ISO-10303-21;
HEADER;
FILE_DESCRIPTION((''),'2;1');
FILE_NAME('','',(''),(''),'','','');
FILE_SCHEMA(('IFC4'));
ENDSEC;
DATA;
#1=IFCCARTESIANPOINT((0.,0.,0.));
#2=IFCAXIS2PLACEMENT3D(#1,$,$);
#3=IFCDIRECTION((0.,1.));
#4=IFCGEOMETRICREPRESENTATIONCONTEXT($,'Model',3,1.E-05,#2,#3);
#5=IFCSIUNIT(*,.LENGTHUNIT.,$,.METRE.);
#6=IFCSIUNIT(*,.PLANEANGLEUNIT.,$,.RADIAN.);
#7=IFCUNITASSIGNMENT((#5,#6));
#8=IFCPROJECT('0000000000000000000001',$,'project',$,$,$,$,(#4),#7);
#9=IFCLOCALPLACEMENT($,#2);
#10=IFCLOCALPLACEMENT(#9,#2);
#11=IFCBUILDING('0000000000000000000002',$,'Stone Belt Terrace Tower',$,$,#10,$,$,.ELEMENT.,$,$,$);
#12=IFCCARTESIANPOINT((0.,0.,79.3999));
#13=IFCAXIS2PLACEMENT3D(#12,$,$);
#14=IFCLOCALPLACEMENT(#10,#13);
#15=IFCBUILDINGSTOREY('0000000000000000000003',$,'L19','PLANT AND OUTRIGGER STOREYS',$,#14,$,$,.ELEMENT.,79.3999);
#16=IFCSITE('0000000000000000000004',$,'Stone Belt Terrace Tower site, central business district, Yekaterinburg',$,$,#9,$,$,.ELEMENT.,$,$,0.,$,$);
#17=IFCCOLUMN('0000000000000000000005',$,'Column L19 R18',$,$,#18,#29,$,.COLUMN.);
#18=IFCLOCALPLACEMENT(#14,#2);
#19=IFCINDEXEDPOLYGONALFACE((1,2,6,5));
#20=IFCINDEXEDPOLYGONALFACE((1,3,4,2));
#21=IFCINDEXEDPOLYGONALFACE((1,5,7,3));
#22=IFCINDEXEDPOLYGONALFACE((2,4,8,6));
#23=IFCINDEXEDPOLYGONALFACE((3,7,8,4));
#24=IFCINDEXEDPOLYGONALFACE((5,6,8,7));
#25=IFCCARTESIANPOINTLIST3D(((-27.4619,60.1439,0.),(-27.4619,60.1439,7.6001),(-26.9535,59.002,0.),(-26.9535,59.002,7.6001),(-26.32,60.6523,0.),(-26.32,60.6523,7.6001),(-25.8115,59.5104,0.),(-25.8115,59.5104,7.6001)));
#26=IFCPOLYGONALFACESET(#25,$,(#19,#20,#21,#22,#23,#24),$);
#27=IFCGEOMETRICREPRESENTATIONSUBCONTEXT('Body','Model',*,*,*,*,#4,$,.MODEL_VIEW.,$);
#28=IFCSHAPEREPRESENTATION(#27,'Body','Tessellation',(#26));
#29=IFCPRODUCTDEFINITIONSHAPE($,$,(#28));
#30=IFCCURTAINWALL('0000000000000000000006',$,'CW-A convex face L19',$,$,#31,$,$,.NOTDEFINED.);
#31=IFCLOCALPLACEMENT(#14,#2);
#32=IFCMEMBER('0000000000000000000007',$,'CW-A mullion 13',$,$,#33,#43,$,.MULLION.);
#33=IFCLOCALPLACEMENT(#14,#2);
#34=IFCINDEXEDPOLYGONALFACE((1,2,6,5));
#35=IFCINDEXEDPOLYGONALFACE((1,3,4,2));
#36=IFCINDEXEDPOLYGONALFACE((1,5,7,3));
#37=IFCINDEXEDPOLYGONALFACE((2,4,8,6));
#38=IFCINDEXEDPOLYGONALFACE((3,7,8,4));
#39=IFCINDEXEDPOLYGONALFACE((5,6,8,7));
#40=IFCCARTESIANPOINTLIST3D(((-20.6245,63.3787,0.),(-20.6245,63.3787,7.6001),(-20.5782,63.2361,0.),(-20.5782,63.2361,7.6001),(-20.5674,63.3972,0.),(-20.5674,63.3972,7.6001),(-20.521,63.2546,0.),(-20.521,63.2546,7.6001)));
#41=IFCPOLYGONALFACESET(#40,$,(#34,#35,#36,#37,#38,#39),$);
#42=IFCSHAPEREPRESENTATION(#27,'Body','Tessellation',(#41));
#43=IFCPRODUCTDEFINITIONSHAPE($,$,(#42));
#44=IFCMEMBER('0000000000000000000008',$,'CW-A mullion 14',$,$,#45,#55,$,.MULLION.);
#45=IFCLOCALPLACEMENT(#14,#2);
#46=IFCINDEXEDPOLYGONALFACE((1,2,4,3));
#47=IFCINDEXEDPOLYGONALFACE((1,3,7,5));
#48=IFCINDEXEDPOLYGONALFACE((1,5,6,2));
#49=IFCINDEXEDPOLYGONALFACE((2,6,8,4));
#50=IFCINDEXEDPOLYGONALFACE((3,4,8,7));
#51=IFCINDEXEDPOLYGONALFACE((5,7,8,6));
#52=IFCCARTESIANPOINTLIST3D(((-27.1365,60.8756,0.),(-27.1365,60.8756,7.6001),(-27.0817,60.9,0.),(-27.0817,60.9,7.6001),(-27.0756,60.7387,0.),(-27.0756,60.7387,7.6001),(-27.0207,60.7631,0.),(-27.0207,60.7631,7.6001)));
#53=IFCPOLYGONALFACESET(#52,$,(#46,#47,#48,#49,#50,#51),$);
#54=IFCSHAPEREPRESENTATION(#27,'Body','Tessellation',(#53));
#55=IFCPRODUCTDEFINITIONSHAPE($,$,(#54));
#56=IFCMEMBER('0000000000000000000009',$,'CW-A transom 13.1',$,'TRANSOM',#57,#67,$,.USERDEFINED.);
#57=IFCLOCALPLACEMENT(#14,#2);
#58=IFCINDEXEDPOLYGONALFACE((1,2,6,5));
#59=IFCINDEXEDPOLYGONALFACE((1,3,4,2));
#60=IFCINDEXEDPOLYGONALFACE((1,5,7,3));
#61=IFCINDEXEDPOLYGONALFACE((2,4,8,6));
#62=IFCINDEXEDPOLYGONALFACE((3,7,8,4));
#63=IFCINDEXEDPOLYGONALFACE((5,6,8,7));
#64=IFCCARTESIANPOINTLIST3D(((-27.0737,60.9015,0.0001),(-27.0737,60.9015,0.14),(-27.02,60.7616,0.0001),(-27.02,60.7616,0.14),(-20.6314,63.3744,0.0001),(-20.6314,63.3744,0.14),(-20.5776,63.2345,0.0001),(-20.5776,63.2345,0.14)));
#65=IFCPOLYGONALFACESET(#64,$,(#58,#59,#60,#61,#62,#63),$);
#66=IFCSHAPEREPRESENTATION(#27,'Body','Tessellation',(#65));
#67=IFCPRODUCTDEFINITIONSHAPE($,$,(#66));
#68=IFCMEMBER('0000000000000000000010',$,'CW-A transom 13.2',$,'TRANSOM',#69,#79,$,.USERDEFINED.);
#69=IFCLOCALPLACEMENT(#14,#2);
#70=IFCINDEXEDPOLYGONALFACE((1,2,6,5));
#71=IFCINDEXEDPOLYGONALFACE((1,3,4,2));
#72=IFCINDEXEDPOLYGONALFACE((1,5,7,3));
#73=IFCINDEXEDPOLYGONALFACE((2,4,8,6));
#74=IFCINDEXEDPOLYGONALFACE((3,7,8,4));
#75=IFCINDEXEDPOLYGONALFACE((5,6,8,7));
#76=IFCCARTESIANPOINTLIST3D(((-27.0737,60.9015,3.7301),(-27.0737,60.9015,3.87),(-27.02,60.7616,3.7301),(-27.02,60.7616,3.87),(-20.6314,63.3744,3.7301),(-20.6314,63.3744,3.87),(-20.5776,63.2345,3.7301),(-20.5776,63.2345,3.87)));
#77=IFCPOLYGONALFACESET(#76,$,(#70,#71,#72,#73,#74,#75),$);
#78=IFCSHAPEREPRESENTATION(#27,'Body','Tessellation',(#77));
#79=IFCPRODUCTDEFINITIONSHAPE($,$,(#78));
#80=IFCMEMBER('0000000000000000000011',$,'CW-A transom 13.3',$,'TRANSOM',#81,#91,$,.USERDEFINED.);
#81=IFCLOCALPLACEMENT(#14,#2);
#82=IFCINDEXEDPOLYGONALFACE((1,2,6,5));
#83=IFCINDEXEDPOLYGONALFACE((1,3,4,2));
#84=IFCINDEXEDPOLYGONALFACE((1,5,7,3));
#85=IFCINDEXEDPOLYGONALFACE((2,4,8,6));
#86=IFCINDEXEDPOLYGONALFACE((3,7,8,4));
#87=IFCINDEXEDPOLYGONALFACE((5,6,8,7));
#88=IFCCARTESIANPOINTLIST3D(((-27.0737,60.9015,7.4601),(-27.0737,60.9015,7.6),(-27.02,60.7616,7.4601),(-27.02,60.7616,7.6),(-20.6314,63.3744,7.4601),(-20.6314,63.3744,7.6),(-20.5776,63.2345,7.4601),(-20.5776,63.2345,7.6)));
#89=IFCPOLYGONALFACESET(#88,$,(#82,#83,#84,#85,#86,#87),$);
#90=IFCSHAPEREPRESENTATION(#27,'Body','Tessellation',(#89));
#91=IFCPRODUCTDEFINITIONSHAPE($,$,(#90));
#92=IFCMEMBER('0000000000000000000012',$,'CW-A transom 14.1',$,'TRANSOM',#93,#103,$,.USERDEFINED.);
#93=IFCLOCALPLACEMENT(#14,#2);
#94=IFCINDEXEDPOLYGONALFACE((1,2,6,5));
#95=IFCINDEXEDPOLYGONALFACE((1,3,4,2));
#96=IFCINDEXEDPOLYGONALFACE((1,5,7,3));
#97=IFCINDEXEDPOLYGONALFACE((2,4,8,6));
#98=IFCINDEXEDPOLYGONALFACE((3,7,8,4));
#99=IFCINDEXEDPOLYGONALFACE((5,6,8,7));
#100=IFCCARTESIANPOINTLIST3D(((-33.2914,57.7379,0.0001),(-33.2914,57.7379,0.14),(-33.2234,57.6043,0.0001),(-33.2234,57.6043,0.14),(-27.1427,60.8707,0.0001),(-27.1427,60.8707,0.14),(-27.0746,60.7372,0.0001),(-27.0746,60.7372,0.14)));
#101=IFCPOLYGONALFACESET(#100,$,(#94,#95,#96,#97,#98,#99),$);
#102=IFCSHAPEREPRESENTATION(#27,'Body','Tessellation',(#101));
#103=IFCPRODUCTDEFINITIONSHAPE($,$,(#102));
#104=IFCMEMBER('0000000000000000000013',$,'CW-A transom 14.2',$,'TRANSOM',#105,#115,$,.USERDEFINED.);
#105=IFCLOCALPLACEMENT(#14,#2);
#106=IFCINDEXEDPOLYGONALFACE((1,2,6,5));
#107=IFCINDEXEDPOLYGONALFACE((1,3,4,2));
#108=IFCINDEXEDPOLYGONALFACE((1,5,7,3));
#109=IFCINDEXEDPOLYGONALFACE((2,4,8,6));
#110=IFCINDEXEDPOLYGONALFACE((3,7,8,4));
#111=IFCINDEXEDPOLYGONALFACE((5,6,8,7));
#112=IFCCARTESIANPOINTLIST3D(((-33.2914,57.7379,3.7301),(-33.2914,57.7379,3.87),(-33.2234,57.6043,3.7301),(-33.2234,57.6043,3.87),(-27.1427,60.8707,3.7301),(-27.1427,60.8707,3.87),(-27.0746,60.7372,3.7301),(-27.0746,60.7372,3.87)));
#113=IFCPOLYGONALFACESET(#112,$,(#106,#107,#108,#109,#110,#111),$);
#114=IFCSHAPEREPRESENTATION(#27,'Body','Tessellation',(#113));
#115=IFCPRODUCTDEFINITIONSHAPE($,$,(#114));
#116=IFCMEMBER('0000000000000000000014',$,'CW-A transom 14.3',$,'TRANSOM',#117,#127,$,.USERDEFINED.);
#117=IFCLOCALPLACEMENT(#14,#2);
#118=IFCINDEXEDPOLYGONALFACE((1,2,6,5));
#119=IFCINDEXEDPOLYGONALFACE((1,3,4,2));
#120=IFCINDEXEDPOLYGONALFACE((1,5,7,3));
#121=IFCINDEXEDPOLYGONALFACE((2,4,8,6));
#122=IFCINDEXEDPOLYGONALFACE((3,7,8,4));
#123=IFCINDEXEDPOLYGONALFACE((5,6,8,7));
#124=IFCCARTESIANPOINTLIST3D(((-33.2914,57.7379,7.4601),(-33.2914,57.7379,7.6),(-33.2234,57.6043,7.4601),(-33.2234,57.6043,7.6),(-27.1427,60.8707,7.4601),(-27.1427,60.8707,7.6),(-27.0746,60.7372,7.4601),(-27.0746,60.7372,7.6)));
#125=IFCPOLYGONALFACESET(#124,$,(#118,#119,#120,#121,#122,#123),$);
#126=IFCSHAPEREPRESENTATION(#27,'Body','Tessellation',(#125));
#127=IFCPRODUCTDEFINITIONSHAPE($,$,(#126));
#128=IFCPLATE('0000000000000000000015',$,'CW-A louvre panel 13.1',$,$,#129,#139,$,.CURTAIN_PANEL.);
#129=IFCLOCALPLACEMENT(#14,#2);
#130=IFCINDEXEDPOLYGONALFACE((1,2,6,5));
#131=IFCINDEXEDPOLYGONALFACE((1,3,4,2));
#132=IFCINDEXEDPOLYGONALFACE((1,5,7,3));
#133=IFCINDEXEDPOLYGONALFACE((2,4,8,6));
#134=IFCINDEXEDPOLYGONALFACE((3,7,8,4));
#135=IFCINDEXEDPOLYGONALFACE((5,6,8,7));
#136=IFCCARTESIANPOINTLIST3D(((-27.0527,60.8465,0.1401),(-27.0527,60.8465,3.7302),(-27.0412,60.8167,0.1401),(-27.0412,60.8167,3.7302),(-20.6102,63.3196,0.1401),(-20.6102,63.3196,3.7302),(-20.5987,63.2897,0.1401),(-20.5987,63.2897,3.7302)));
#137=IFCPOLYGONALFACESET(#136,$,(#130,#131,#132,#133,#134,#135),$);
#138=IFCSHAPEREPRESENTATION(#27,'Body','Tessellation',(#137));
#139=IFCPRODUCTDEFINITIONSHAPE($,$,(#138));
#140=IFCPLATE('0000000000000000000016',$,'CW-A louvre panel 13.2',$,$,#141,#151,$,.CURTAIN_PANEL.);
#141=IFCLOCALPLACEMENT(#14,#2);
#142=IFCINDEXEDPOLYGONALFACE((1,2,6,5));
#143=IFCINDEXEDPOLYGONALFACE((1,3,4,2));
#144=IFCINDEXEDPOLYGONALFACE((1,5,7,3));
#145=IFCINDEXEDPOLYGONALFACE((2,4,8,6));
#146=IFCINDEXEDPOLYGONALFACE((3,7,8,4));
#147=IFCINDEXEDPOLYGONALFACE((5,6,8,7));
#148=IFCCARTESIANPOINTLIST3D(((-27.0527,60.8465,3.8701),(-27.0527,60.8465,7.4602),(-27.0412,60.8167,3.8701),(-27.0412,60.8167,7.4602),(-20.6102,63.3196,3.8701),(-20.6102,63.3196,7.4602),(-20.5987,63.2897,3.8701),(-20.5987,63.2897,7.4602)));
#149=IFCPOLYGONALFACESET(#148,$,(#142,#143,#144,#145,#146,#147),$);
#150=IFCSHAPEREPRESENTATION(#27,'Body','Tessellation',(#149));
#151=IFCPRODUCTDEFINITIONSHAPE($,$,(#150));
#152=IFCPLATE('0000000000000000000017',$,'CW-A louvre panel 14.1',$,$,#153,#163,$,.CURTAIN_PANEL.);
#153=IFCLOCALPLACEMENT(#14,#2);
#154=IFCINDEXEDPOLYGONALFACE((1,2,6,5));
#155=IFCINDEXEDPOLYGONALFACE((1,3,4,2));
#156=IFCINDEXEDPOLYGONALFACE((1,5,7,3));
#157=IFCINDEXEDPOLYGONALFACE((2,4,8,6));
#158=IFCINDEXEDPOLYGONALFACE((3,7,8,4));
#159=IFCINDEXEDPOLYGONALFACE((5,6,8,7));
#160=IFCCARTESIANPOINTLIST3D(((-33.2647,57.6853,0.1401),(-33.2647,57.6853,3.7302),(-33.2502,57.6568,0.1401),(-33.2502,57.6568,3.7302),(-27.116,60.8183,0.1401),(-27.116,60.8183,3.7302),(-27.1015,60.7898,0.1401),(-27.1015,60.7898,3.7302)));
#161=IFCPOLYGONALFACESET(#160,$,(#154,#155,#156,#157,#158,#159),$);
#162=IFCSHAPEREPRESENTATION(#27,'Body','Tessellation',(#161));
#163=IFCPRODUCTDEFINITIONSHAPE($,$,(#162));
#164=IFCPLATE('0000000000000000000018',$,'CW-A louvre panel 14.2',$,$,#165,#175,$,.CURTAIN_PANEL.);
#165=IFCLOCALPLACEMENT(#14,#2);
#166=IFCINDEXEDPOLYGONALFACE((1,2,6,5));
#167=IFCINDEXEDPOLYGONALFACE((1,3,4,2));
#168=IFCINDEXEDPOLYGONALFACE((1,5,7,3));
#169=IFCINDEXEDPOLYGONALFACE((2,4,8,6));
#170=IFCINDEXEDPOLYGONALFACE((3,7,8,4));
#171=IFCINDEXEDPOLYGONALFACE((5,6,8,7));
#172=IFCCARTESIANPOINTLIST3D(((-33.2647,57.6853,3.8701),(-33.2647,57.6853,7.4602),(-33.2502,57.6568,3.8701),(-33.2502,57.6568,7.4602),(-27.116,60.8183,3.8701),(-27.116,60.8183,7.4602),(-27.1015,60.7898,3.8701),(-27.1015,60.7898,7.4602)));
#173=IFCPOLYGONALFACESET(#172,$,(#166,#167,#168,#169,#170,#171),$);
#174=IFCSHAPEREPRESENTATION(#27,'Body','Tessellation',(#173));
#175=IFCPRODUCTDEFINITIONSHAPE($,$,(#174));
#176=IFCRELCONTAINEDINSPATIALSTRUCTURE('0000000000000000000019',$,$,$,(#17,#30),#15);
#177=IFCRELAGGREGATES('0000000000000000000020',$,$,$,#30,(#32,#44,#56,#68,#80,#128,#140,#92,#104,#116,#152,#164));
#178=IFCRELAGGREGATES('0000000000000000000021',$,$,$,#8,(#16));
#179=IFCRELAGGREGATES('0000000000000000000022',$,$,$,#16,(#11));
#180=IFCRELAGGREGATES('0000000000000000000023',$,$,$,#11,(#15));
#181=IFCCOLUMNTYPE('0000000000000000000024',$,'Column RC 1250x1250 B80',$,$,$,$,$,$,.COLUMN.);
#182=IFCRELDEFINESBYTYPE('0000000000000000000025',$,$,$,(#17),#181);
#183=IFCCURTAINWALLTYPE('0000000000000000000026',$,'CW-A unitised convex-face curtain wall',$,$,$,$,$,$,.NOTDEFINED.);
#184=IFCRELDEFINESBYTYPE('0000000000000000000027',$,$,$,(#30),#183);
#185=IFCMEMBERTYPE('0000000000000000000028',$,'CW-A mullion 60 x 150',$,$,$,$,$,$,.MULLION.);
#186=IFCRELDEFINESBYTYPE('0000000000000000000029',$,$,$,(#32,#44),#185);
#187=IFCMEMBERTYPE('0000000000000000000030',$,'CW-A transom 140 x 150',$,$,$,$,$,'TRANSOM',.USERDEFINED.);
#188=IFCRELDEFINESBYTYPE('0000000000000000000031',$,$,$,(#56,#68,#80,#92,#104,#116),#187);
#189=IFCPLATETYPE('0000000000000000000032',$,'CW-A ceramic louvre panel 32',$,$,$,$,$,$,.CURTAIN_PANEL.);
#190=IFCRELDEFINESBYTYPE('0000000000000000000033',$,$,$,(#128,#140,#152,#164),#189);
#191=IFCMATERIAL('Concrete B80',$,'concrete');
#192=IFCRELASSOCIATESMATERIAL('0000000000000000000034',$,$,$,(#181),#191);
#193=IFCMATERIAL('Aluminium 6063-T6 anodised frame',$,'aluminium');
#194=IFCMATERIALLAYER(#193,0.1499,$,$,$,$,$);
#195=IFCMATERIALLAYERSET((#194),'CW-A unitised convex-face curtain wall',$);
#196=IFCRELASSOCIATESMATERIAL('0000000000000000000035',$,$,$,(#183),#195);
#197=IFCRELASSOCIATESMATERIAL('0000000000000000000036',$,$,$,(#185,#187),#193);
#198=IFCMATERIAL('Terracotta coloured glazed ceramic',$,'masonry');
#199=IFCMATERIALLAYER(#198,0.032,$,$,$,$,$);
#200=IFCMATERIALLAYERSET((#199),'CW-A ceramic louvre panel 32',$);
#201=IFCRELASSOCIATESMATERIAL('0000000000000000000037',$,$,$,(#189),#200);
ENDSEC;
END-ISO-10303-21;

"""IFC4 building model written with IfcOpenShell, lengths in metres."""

from ifc_helpers import new_model, si_unit, direction, frame, origin, origin_2d, place, context, subcontext, project, spatial, rectangle, extrude, material, layer, layer_set, material_profile, profile_set, type_object, element, aggregate, save


model = new_model("IFC4")

# Units and contexts
model_context = context("Model", 3, precision=1e-05, world=origin(), true_north=direction((0.0, 1.0)))
body_context = subcontext(model_context, "Body", "Model", "MODEL_VIEW")
ifc_project = project(units=[si_unit("LENGTHUNIT", "METRE"), si_unit("PLANEANGLEUNIT", "RADIAN")], contexts=[model_context])

# Site, building, storey
site_placement = place(None, origin())
site = spatial("IfcSite", under=ifc_project, at=site_placement, Name="Stone Belt Terrace Tower site, central business district, Yekaterinburg", CompositionType="ELEMENT", RefElevation=0.0)
building_placement = place(site_placement, origin())
building = spatial("IfcBuilding", under=site, at=building_placement, Name="Stone Belt Terrace Tower", CompositionType="ELEMENT")
storey_placement = place(building_placement, frame((0.0, 0.0, 79.3999)))
storey = spatial("IfcBuildingStorey", under=building, at=storey_placement, Name="L19", Description="PLANT AND OUTRIGGER STOREYS", CompositionType="ELEMENT", Elevation=79.3999)

# Column
ifc_material_1 = material(Name="Concrete B80", Category="concrete")
ifc_material_profile_1 = material_profile(ifc_material_1, rectangle(XDim=1.25, YDim=1.25, at=origin_2d()), Name="RC 1250x1250")
ifc_profile_set_1 = profile_set([ifc_material_profile_1], Name="Concrete B80")
column_type = type_object("IfcColumnType", Name="Column RC 1250x1250 B80", PredefinedType="COLUMN", material=ifc_profile_set_1)
column_placement = place(storey_placement, frame((-26.6367, 59.8271, 0.0), z_axis=(0.0, 0.0, 1.0), x_axis=(0.913545, 0.406737, 0.0)))
element("IfcColumn", 1, at=column_placement, inside=storey, type_object=column_type, Name="Column L19 R18", PredefinedType="COLUMN", context=body_context, shape_type="SweptSolid", body=[
    extrude(rectangle(XDim=1.25, YDim=1.25, at=origin_2d()), origin(), (0.0, 0.0, 1.0), 7.6001),
])

# Curtain wall, members, plates
ifc_material_2 = material(Name="Aluminium 6063-T6 anodised frame", Category="aluminium")
ifc_layer_1 = layer(ifc_material_2, 0.1499)
ifc_layer_set_1 = layer_set([ifc_layer_1], Name="CW-A unitised convex-face curtain wall")
curtain_wall_type = type_object("IfcCurtainWallType", Name="CW-A unitised convex-face curtain wall", PredefinedType="NOTDEFINED", material=ifc_layer_set_1)
curtain_wall_placement = place(storey_placement, origin())
curtain_wall = element("IfcCurtainWall", 2, at=curtain_wall_placement, inside=storey, type_object=curtain_wall_type, Name="CW-A convex face L19", PredefinedType="NOTDEFINED")
ifc_material_profile_2 = material_profile(ifc_material_2, rectangle(XDim=0.1499, YDim=0.0601, at=origin_2d()), Name="Aluminium 6063-T6 60x150")
ifc_profile_set_2 = profile_set([ifc_material_profile_2], Name="Aluminium 6063-T6 anodised frame")
member_type_1 = type_object("IfcMemberType", Name="CW-A mullion 60 x 150", PredefinedType="MULLION", material=ifc_profile_set_2)
member_1_placement = place(storey_placement, frame((-20.5728, 63.3167, 0.0), z_axis=(0.0, 0.0, 1.0), x_axis=(0.309017, -0.951057, 0.0)))
member_1 = element("IfcMember", 3, at=member_1_placement, type_object=member_type_1, Name="CW-A mullion 13", PredefinedType="MULLION", context=body_context, shape_type="SweptSolid", body=[
    extrude(rectangle(XDim=0.1499, YDim=0.0601, at=origin_2d()), origin(), (0.0, 0.0, 1.0), 7.6001),
])
member_2_placement = place(storey_placement, frame((-27.0786, 60.8193, 0.0), z_axis=(0.0, 0.0, 1.0), x_axis=(0.406737, -0.913545, 0.0)))
member_2 = element("IfcMember", 4, at=member_2_placement, type_object=member_type_1, Name="CW-A mullion 14", PredefinedType="MULLION", context=body_context, shape_type="SweptSolid", body=[
    extrude(rectangle(XDim=0.1499, YDim=0.0601, at=origin_2d()), origin(), (0.0, 0.0, 1.0), 7.6001),
])
ifc_material_profile_3 = material_profile(ifc_material_2, rectangle(XDim=0.1499, YDim=0.1399, at=origin_2d()), Name="Aluminium 6063-T6 150x140")
ifc_profile_set_3 = profile_set([ifc_material_profile_3], Name="Aluminium 6063-T6 anodised frame")
member_type_2 = type_object("IfcMemberType", Name="CW-A transom 140 x 150", ElementType="TRANSOM", PredefinedType="USERDEFINED", material=ifc_profile_set_3)
member_3_placement = place(storey_placement, frame((-20.6045, 63.3044, 0.0701), z_axis=(-0.933585, -0.358355, 0.0), x_axis=(0.358355, -0.933585, 0.0)))
member_3 = element("IfcMember", 5, at=member_3_placement, type_object=member_type_2, Name="CW-A transom 13.1", ObjectType="TRANSOM", PredefinedType="USERDEFINED", context=body_context, shape_type="SweptSolid", body=[
    extrude(rectangle(XDim=0.1499, YDim=0.1399, at=origin_2d()), origin(), (0.0, 0.0, 1.0), 6.9006),
])
member_4_placement = place(storey_placement, frame((-20.6045, 63.3044, 3.8), z_axis=(-0.933585, -0.358355, 0.0), x_axis=(0.358355, -0.933585, 0.0)))
member_4 = element("IfcMember", 6, at=member_4_placement, type_object=member_type_2, Name="CW-A transom 13.2", ObjectType="TRANSOM", PredefinedType="USERDEFINED", context=body_context, shape_type="SweptSolid", body=[
    extrude(rectangle(XDim=0.1499, YDim=0.1399, at=origin_2d()), origin(), (0.0, 0.0, 1.0), 6.9006),
])
member_5_placement = place(storey_placement, frame((-20.6045, 63.3044, 7.53), z_axis=(-0.933585, -0.358355, 0.0), x_axis=(0.358355, -0.933585, 0.0)))
member_5 = element("IfcMember", 7, at=member_5_placement, type_object=member_type_2, Name="CW-A transom 13.3", ObjectType="TRANSOM", PredefinedType="USERDEFINED", context=body_context, shape_type="SweptSolid", body=[
    extrude(rectangle(XDim=0.1499, YDim=0.1399, at=origin_2d()), origin(), (0.0, 0.0, 1.0), 6.9006),
])
member_6_placement = place(storey_placement, frame((-27.1086, 60.804, 0.0701), z_axis=(-0.891012, -0.453979, 0.0), x_axis=(0.453979, -0.891012, 0.0)))
member_6 = element("IfcMember", 8, at=member_6_placement, type_object=member_type_2, Name="CW-A transom 14.1", ObjectType="TRANSOM", PredefinedType="USERDEFINED", context=body_context, shape_type="SweptSolid", body=[
    extrude(rectangle(XDim=0.1499, YDim=0.1399, at=origin_2d()), origin(), (0.0, 0.0, 1.0), 6.9009),
])
member_7_placement = place(storey_placement, frame((-27.1086, 60.804, 3.8), z_axis=(-0.891012, -0.453979, 0.0), x_axis=(0.453979, -0.891012, 0.0)))
member_7 = element("IfcMember", 9, at=member_7_placement, type_object=member_type_2, Name="CW-A transom 14.2", ObjectType="TRANSOM", PredefinedType="USERDEFINED", context=body_context, shape_type="SweptSolid", body=[
    extrude(rectangle(XDim=0.1499, YDim=0.1399, at=origin_2d()), origin(), (0.0, 0.0, 1.0), 6.9009),
])
member_8_placement = place(storey_placement, frame((-27.1086, 60.804, 7.53), z_axis=(-0.891012, -0.453979, 0.0), x_axis=(0.453979, -0.891012, 0.0)))
member_8 = element("IfcMember", 10, at=member_8_placement, type_object=member_type_2, Name="CW-A transom 14.3", ObjectType="TRANSOM", PredefinedType="USERDEFINED", context=body_context, shape_type="SweptSolid", body=[
    extrude(rectangle(XDim=0.1499, YDim=0.1399, at=origin_2d()), origin(), (0.0, 0.0, 1.0), 6.9009),
])
ifc_material_3 = material(Name="Terracotta coloured glazed ceramic", Category="masonry")
ifc_layer_2 = layer(ifc_material_3, 0.032)
ifc_layer_set_2 = layer_set([ifc_layer_2], Name="CW-A ceramic louvre panel 32")
plate_type = type_object("IfcPlateType", Name="CW-A ceramic louvre panel 32", PredefinedType="CURTAIN_PANEL", material=ifc_layer_set_2)
plate_1_placement = place(storey_placement, frame((-23.8257, 62.0681, 0.1401), z_axis=(0.0, 0.0, 1.0), x_axis=(-0.93358, -0.358368, 0.0)))
plate_1 = element("IfcPlate", 11, at=plate_1_placement, type_object=plate_type, Name="CW-A louvre panel 13.1", PredefinedType="CURTAIN_PANEL", context=body_context, shape_type="SweptSolid", body=[
    extrude(rectangle(XDim=6.9009, YDim=0.032, at=origin_2d()), origin(), (0.0, 0.0, 1.0), 3.5901),
])
plate_2_placement = place(storey_placement, frame((-23.8257, 62.0681, 3.8701), z_axis=(0.0, 0.0, 1.0), x_axis=(-0.93358, -0.358368, 0.0)))
plate_2 = element("IfcPlate", 12, at=plate_2_placement, type_object=plate_type, Name="CW-A louvre panel 13.2", PredefinedType="CURTAIN_PANEL", context=body_context, shape_type="SweptSolid", body=[
    extrude(rectangle(XDim=6.9009, YDim=0.032, at=origin_2d()), origin(), (0.0, 0.0, 1.0), 3.5901),
])
plate_3_placement = place(storey_placement, frame((-30.1831, 59.2375, 0.1401), z_axis=(0.0, 0.0, 1.0), x_axis=(-0.891007, -0.45399, 0.0)))
plate_3 = element("IfcPlate", 13, at=plate_3_placement, type_object=plate_type, Name="CW-A louvre panel 14.1", PredefinedType="CURTAIN_PANEL", context=body_context, shape_type="SweptSolid", body=[
    extrude(rectangle(XDim=6.9009, YDim=0.032, at=origin_2d()), origin(), (0.0, 0.0, 1.0), 3.5901),
])
plate_4_placement = place(storey_placement, frame((-30.1831, 59.2375, 3.8701), z_axis=(0.0, 0.0, 1.0), x_axis=(-0.891007, -0.45399, 0.0)))
plate_4 = element("IfcPlate", 14, at=plate_4_placement, type_object=plate_type, Name="CW-A louvre panel 14.2", PredefinedType="CURTAIN_PANEL", context=body_context, shape_type="SweptSolid", body=[
    extrude(rectangle(XDim=6.9009, YDim=0.032, at=origin_2d()), origin(), (0.0, 0.0, 1.0), 3.5901),
])
aggregate(curtain_wall, [member_1, member_2, member_3, member_4, member_5, plate_1, plate_2, member_6, member_7, member_8, plate_3, plate_4])

save(model, "model.ifc")
